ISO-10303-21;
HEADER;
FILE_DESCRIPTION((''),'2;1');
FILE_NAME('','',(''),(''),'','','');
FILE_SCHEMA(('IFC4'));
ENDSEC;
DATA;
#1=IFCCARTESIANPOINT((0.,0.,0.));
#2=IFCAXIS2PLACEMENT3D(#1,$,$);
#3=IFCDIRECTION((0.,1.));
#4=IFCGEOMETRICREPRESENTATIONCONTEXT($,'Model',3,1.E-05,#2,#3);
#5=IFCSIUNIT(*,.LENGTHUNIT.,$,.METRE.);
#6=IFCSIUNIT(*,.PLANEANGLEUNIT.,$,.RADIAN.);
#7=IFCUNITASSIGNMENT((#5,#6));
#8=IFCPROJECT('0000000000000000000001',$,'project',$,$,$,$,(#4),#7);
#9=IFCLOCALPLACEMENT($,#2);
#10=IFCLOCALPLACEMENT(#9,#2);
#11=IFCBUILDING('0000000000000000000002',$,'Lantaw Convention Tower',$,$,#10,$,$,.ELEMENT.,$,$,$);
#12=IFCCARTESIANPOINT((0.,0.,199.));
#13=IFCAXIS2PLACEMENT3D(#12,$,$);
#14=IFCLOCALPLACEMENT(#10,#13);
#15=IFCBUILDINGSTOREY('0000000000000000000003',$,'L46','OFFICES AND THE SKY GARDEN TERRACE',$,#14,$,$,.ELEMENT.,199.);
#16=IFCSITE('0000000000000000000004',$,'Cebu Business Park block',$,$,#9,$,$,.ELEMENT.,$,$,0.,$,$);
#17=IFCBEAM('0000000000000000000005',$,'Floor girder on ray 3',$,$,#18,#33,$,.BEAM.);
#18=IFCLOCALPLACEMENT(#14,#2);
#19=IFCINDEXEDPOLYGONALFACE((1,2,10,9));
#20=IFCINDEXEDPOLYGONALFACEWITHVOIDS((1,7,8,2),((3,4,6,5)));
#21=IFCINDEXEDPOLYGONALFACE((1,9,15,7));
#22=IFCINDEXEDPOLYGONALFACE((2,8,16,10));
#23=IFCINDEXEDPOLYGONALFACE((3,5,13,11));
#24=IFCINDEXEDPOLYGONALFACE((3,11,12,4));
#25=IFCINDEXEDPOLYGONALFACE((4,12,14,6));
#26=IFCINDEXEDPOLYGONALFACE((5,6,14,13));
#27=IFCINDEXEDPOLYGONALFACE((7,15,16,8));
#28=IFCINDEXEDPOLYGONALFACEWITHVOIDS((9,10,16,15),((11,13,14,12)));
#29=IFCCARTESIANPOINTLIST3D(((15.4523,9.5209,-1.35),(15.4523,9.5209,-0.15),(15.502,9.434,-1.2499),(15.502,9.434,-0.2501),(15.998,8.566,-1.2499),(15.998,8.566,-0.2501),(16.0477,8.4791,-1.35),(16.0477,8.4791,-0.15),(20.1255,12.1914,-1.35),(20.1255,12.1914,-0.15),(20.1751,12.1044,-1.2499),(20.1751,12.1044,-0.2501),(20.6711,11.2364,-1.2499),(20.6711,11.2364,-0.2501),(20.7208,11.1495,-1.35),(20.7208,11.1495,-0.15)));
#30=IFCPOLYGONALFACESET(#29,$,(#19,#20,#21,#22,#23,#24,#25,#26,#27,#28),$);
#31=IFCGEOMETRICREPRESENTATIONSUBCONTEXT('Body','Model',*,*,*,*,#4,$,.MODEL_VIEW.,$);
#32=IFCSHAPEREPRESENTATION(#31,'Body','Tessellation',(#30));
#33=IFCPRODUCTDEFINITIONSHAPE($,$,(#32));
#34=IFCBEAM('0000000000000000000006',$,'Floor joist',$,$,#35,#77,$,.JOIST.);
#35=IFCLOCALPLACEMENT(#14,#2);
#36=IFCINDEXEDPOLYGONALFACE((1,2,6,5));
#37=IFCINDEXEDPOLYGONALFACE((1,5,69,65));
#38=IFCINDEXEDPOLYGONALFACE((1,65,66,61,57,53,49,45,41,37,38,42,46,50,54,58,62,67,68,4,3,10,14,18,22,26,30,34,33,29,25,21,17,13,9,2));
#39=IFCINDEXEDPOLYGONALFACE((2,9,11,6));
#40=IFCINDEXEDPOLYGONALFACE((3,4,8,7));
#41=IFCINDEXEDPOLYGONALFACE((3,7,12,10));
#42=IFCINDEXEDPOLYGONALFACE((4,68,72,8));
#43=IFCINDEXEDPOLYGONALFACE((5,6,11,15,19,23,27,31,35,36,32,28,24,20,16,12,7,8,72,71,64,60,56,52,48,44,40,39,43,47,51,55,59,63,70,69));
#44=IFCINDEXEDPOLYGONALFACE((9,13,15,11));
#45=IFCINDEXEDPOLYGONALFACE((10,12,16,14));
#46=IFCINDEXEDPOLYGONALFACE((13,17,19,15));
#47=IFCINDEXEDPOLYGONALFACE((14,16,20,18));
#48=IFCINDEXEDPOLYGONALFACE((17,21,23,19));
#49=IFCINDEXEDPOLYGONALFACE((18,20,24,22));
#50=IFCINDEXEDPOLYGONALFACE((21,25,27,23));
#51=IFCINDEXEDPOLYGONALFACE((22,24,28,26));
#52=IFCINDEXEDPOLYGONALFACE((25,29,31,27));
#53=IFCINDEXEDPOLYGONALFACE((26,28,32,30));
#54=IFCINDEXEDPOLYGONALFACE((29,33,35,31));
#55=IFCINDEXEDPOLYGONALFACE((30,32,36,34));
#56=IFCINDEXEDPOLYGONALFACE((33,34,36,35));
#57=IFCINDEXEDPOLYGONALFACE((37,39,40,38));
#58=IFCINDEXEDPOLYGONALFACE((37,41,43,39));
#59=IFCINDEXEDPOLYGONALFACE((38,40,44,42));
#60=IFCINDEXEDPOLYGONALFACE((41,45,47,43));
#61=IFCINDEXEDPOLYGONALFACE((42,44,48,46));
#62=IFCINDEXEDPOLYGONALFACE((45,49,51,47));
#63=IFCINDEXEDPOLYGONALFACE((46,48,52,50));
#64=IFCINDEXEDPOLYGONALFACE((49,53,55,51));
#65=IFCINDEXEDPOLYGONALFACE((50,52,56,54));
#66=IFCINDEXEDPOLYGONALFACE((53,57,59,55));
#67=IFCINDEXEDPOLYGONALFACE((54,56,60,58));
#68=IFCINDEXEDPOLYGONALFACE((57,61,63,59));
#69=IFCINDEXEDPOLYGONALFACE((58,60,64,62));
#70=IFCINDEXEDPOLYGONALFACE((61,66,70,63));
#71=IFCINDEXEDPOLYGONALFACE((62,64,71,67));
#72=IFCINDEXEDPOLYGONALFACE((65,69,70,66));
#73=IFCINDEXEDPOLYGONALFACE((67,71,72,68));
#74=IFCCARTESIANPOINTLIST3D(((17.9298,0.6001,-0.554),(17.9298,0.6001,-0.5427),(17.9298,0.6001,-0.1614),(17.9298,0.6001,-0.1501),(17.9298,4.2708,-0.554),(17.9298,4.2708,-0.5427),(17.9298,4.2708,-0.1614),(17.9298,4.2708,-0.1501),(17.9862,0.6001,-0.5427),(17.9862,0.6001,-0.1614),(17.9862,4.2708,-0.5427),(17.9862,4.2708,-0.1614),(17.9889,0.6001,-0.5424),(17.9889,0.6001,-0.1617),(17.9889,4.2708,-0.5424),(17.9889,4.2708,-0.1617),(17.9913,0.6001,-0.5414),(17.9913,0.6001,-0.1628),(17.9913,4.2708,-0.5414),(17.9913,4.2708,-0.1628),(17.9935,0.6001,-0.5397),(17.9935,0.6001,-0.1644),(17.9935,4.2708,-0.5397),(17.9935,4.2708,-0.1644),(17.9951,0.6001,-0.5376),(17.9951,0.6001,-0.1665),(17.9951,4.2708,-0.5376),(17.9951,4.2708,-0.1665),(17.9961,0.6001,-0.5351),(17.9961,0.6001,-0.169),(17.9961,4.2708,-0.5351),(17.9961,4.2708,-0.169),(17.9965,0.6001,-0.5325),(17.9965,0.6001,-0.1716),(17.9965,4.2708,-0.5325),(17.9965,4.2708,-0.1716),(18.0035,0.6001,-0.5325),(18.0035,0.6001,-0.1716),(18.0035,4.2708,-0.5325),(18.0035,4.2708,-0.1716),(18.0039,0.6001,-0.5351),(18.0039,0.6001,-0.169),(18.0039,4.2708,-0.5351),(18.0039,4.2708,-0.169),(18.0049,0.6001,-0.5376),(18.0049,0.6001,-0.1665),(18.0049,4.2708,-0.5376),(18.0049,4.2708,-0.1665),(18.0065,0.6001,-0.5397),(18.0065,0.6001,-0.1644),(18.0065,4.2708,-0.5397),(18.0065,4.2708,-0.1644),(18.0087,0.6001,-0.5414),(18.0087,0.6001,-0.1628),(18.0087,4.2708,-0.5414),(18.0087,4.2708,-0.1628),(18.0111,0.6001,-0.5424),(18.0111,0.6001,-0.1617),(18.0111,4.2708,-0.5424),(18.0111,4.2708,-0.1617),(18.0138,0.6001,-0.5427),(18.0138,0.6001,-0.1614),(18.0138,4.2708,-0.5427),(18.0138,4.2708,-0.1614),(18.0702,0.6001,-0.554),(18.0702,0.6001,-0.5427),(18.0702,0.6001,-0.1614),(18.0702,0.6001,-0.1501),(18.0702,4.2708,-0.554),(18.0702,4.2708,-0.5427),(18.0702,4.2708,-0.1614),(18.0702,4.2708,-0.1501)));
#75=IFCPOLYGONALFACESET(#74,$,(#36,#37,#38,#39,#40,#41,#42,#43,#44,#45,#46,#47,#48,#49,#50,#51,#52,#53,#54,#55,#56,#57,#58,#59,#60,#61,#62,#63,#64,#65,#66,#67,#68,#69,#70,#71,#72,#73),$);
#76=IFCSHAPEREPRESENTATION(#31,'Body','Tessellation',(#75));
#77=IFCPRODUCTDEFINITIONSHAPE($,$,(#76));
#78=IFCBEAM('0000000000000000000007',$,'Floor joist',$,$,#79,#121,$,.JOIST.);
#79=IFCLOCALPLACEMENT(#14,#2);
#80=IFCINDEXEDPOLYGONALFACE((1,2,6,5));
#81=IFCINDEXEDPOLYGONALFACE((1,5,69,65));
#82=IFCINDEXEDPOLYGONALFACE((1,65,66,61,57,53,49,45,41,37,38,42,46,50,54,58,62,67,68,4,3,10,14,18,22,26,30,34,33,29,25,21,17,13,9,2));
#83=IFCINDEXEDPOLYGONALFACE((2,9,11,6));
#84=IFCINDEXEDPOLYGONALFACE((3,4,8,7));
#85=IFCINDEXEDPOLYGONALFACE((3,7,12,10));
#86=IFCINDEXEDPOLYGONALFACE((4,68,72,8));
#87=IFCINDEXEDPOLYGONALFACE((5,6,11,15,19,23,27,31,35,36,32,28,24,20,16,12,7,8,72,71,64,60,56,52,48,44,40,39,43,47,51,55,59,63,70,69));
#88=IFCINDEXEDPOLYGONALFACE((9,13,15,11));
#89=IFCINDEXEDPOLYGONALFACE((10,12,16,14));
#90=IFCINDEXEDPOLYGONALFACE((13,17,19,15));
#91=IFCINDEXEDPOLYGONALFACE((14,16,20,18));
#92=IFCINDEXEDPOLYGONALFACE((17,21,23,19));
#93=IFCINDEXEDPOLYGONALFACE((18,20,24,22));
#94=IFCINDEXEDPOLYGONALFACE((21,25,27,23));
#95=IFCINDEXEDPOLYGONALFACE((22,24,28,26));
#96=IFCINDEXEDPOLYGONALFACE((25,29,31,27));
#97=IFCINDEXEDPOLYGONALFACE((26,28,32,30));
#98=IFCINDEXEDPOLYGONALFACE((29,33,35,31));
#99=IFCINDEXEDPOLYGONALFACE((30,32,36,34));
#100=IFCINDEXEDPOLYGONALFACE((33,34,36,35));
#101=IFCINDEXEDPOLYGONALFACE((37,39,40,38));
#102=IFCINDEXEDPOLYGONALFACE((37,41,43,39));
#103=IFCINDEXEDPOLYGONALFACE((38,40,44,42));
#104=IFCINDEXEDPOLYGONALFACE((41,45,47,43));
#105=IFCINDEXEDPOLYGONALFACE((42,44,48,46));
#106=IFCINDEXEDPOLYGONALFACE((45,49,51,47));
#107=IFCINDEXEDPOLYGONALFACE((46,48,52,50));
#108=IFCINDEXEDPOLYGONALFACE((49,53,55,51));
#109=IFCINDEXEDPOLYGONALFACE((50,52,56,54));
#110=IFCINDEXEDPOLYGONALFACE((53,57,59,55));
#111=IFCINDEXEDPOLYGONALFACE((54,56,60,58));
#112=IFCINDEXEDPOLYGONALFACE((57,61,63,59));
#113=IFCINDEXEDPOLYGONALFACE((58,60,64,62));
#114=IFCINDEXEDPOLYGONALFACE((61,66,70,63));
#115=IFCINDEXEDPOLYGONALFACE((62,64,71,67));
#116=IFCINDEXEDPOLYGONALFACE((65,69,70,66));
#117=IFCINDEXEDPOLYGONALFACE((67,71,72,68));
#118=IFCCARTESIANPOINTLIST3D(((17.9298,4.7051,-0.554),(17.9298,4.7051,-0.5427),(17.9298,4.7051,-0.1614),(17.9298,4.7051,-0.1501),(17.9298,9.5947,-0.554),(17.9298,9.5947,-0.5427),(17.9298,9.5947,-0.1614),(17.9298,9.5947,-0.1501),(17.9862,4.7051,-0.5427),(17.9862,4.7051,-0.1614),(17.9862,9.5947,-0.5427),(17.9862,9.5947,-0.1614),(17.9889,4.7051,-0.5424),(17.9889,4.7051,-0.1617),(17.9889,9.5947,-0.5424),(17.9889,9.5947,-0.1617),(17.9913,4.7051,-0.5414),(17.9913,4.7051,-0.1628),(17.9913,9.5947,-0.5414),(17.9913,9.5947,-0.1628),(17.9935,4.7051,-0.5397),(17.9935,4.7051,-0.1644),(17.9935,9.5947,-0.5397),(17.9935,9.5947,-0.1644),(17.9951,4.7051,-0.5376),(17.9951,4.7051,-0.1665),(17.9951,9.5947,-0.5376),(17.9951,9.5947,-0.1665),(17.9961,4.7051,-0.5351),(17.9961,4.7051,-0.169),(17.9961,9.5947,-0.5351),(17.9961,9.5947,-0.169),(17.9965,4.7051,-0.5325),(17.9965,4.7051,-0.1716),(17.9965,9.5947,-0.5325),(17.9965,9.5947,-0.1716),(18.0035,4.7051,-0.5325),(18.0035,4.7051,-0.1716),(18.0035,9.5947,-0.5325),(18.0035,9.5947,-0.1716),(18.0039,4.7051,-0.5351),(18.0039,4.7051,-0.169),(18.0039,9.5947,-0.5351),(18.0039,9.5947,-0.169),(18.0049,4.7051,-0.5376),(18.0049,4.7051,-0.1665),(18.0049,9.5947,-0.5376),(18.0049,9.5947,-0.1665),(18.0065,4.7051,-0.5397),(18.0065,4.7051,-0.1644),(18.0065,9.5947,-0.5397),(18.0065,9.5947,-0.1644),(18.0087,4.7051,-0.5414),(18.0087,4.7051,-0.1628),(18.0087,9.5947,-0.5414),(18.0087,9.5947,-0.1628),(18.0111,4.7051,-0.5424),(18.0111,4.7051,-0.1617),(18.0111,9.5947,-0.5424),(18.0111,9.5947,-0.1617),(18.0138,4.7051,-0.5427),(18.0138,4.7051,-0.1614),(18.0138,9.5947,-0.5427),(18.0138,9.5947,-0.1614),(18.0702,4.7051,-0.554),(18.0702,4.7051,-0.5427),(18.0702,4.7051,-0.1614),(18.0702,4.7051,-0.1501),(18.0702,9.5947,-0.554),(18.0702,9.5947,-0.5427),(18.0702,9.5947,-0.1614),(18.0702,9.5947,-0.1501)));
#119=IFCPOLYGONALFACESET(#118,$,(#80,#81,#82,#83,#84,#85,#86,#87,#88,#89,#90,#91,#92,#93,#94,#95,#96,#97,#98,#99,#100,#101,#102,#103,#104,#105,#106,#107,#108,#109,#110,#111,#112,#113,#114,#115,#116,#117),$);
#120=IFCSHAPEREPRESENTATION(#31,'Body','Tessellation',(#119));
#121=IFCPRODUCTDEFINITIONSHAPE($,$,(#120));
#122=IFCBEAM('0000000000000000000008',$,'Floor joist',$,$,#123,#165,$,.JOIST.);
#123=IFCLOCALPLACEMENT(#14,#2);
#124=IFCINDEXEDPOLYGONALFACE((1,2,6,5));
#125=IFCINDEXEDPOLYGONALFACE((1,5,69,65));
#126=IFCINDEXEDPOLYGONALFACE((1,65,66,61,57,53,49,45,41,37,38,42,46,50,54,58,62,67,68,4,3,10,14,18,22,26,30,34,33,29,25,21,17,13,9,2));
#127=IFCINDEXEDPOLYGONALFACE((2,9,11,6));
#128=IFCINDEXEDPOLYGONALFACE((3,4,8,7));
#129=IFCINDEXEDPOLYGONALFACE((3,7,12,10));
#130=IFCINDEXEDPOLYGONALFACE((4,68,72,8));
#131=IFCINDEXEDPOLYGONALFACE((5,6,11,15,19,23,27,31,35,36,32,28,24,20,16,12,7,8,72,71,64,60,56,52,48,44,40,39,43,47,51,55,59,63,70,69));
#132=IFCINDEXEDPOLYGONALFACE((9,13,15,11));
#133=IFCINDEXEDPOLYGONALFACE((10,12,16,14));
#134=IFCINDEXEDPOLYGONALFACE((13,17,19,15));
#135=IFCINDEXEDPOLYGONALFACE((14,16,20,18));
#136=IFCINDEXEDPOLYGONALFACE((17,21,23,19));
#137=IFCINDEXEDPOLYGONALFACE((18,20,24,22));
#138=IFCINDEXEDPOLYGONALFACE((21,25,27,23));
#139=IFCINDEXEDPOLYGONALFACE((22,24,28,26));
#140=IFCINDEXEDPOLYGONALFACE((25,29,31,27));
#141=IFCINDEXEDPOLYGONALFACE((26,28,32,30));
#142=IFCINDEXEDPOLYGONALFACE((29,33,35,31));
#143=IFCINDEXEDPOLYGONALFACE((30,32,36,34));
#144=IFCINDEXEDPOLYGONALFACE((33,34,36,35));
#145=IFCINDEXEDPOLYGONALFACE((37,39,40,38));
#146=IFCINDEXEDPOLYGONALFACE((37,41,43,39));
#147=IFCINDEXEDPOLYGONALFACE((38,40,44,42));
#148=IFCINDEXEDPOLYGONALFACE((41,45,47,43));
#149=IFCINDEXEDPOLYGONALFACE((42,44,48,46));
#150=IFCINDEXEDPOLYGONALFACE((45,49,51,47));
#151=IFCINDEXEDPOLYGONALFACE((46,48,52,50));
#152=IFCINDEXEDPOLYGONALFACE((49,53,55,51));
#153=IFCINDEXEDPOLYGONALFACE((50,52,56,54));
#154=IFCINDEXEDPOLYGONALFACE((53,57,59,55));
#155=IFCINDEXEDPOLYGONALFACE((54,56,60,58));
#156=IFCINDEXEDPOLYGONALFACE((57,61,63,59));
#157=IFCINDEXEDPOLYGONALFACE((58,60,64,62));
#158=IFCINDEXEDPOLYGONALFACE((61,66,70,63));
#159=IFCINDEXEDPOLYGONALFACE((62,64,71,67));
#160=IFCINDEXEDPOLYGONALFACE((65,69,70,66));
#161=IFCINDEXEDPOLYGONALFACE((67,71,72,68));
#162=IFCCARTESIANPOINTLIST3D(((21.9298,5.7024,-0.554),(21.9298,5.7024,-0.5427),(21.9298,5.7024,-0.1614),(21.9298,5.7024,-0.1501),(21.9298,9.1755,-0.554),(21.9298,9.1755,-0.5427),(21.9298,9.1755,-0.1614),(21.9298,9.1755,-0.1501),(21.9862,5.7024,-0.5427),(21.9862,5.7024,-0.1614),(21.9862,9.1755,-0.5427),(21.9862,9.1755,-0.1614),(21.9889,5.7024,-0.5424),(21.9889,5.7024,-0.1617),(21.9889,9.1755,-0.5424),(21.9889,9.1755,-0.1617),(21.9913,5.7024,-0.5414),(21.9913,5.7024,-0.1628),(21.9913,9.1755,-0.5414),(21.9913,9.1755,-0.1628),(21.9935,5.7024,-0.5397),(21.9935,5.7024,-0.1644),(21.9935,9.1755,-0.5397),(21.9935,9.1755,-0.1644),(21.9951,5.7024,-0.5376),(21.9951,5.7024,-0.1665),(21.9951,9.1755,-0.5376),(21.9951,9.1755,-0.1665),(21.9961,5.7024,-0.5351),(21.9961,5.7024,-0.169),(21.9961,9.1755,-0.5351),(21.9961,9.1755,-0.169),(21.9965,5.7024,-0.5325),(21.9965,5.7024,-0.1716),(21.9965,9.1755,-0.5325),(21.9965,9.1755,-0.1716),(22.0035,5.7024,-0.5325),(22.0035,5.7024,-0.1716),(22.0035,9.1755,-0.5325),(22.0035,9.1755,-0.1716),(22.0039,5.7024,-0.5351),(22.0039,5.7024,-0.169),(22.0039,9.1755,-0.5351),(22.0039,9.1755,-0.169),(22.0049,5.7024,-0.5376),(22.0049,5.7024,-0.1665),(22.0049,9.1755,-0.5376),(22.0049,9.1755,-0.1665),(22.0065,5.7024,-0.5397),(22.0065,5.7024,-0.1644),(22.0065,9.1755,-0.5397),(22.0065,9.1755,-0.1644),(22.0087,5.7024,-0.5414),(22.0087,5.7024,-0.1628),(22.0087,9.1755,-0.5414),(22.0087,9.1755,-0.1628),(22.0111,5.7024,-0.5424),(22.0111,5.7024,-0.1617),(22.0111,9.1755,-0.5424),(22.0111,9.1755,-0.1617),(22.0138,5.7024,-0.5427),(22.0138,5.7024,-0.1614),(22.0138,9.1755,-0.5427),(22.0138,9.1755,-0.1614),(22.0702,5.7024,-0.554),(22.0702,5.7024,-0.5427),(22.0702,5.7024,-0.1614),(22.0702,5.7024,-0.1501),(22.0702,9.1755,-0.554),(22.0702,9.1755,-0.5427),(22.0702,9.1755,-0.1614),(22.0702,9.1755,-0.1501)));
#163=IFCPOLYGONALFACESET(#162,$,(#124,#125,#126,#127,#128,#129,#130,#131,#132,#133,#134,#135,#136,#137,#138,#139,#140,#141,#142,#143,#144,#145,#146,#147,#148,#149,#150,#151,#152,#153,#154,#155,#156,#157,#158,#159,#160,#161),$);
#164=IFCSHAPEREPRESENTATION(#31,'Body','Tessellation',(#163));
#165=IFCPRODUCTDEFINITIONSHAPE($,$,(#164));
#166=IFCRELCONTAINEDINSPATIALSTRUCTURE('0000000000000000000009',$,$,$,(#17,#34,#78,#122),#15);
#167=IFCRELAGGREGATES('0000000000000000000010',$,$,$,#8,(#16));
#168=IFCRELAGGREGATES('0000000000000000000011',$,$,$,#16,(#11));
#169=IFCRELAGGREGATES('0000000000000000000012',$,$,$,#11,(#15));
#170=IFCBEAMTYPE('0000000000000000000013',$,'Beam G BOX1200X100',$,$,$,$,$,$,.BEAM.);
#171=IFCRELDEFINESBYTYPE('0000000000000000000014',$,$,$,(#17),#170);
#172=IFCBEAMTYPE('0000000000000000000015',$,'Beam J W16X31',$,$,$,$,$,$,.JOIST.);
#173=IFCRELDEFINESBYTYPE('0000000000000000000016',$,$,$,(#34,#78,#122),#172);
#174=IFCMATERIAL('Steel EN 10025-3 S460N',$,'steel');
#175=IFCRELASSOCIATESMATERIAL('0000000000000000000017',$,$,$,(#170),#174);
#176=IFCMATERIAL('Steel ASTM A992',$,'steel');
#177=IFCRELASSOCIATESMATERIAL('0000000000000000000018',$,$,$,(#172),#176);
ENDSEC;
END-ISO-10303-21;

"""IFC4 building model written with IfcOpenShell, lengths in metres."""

from ifc_helpers import new_model, si_unit, direction, frame, origin, origin_2d, place, context, subcontext, project, spatial, hollow_rectangle, i_section, extrude, material, material_profile, profile_set, type_object, element, save


model = new_model("IFC4")

# Units and contexts
model_context = context("Model", 3, precision=1e-05, world=origin(), true_north=direction((0.0, 1.0)))
body_context = subcontext(model_context, "Body", "Model", "MODEL_VIEW")
ifc_project = project(units=[si_unit("LENGTHUNIT", "METRE"), si_unit("PLANEANGLEUNIT", "RADIAN")], contexts=[model_context])

# Site, building, storey
site_placement = place(None, origin())
site = spatial("IfcSite", under=ifc_project, at=site_placement, Name="Cebu Business Park block", CompositionType="ELEMENT", RefElevation=0.0)
building_placement = place(site_placement, origin())
building = spatial("IfcBuilding", under=site, at=building_placement, Name="Lantaw Convention Tower", CompositionType="ELEMENT")
storey_placement = place(building_placement, frame((0.0, 0.0, 199.0)))
storey = spatial("IfcBuildingStorey", under=building, at=storey_placement, Name="L46", Description="OFFICES AND THE SKY GARDEN TERRACE", CompositionType="ELEMENT", Elevation=199.0)

# Shared definitions
ifc_material_1 = material(Name="Steel EN 10025-3 S460N", Category="steel")

# Beams
ifc_material_2 = material(Name="Steel ASTM A992", Category="steel")
ifc_material_profile_1 = material_profile(ifc_material_1, hollow_rectangle(XDim=1.2, YDim=1.2, WallThickness=0.1001, at=origin_2d()), Name="BOX1200X100")
ifc_profile_set_1 = profile_set([ifc_material_profile_1], Name="Steel EN 10025-3 S460N")
beam_type_1 = type_object("IfcBeamType", Name="Beam G BOX1200X100", PredefinedType="BEAM", material=ifc_profile_set_1)
beam_1_placement = place(storey_placement, frame((15.75, 9.0, -0.75), z_axis=(0.868238, 0.496149, 0.0), x_axis=(-0.496149, 0.868238, 0.0)))
element("IfcBeam", 1, at=beam_1_placement, inside=storey, type_object=beam_type_1, Name="Floor girder on ray 3", PredefinedType="BEAM", context=body_context, shape_type="SweptSolid", body=[
    extrude(hollow_rectangle(XDim=1.2, YDim=1.2, WallThickness=0.1001, at=origin_2d()), origin(), (0.0, 0.0, 1.0), 5.3823),
])
ifc_material_profile_2 = material_profile(ifc_material_2, i_section(OverallWidth=0.1404, OverallDepth=0.4038, WebThickness=0.0071, FlangeThickness=0.0112, FilletRadius=0.0103, at=origin_2d()), Name="W16X31")
ifc_profile_set_2 = profile_set([ifc_material_profile_2], Name="Steel ASTM A992")
beam_type_2 = type_object("IfcBeamType", Name="Beam J W16X31", PredefinedType="JOIST", material=ifc_profile_set_2)
beam_2_placement = place(storey_placement, frame((18.0, 0.6001, -0.3521), z_axis=(0.0, 1.0, 0.0), x_axis=(-1.0, 0.0, 0.0)))
element("IfcBeam", 2, at=beam_2_placement, inside=storey, type_object=beam_type_2, Name="Floor joist", PredefinedType="JOIST", context=body_context, shape_type="SweptSolid", body=[
    extrude(i_section(OverallWidth=0.1404, OverallDepth=0.4038, WebThickness=0.0071, FlangeThickness=0.0112, FilletRadius=0.0103, at=origin_2d()), origin(), (0.0, 0.0, 1.0), 3.6707),
])
beam_3_placement = place(storey_placement, frame((18.0, 4.7051, -0.3521), z_axis=(0.0, 1.0, 0.0), x_axis=(-1.0, 0.0, 0.0)))
element("IfcBeam", 3, at=beam_3_placement, inside=storey, type_object=beam_type_2, Name="Floor joist", PredefinedType="JOIST", context=body_context, shape_type="SweptSolid", body=[
    extrude(i_section(OverallWidth=0.1404, OverallDepth=0.4038, WebThickness=0.0071, FlangeThickness=0.0112, FilletRadius=0.0103, at=origin_2d()), origin(), (0.0, 0.0, 1.0), 4.8896),
])
beam_4_placement = place(storey_placement, frame((22.0, 5.7024, -0.3521), z_axis=(0.0, 1.0, 0.0), x_axis=(-1.0, 0.0, 0.0)))
element("IfcBeam", 4, at=beam_4_placement, inside=storey, type_object=beam_type_2, Name="Floor joist", PredefinedType="JOIST", context=body_context, shape_type="SweptSolid", body=[
    extrude(i_section(OverallWidth=0.1404, OverallDepth=0.4038, WebThickness=0.0071, FlangeThickness=0.0112, FilletRadius=0.0103, at=origin_2d()), origin(), (0.0, 0.0, 1.0), 3.4731),
])

save(model, "model.ifc")
